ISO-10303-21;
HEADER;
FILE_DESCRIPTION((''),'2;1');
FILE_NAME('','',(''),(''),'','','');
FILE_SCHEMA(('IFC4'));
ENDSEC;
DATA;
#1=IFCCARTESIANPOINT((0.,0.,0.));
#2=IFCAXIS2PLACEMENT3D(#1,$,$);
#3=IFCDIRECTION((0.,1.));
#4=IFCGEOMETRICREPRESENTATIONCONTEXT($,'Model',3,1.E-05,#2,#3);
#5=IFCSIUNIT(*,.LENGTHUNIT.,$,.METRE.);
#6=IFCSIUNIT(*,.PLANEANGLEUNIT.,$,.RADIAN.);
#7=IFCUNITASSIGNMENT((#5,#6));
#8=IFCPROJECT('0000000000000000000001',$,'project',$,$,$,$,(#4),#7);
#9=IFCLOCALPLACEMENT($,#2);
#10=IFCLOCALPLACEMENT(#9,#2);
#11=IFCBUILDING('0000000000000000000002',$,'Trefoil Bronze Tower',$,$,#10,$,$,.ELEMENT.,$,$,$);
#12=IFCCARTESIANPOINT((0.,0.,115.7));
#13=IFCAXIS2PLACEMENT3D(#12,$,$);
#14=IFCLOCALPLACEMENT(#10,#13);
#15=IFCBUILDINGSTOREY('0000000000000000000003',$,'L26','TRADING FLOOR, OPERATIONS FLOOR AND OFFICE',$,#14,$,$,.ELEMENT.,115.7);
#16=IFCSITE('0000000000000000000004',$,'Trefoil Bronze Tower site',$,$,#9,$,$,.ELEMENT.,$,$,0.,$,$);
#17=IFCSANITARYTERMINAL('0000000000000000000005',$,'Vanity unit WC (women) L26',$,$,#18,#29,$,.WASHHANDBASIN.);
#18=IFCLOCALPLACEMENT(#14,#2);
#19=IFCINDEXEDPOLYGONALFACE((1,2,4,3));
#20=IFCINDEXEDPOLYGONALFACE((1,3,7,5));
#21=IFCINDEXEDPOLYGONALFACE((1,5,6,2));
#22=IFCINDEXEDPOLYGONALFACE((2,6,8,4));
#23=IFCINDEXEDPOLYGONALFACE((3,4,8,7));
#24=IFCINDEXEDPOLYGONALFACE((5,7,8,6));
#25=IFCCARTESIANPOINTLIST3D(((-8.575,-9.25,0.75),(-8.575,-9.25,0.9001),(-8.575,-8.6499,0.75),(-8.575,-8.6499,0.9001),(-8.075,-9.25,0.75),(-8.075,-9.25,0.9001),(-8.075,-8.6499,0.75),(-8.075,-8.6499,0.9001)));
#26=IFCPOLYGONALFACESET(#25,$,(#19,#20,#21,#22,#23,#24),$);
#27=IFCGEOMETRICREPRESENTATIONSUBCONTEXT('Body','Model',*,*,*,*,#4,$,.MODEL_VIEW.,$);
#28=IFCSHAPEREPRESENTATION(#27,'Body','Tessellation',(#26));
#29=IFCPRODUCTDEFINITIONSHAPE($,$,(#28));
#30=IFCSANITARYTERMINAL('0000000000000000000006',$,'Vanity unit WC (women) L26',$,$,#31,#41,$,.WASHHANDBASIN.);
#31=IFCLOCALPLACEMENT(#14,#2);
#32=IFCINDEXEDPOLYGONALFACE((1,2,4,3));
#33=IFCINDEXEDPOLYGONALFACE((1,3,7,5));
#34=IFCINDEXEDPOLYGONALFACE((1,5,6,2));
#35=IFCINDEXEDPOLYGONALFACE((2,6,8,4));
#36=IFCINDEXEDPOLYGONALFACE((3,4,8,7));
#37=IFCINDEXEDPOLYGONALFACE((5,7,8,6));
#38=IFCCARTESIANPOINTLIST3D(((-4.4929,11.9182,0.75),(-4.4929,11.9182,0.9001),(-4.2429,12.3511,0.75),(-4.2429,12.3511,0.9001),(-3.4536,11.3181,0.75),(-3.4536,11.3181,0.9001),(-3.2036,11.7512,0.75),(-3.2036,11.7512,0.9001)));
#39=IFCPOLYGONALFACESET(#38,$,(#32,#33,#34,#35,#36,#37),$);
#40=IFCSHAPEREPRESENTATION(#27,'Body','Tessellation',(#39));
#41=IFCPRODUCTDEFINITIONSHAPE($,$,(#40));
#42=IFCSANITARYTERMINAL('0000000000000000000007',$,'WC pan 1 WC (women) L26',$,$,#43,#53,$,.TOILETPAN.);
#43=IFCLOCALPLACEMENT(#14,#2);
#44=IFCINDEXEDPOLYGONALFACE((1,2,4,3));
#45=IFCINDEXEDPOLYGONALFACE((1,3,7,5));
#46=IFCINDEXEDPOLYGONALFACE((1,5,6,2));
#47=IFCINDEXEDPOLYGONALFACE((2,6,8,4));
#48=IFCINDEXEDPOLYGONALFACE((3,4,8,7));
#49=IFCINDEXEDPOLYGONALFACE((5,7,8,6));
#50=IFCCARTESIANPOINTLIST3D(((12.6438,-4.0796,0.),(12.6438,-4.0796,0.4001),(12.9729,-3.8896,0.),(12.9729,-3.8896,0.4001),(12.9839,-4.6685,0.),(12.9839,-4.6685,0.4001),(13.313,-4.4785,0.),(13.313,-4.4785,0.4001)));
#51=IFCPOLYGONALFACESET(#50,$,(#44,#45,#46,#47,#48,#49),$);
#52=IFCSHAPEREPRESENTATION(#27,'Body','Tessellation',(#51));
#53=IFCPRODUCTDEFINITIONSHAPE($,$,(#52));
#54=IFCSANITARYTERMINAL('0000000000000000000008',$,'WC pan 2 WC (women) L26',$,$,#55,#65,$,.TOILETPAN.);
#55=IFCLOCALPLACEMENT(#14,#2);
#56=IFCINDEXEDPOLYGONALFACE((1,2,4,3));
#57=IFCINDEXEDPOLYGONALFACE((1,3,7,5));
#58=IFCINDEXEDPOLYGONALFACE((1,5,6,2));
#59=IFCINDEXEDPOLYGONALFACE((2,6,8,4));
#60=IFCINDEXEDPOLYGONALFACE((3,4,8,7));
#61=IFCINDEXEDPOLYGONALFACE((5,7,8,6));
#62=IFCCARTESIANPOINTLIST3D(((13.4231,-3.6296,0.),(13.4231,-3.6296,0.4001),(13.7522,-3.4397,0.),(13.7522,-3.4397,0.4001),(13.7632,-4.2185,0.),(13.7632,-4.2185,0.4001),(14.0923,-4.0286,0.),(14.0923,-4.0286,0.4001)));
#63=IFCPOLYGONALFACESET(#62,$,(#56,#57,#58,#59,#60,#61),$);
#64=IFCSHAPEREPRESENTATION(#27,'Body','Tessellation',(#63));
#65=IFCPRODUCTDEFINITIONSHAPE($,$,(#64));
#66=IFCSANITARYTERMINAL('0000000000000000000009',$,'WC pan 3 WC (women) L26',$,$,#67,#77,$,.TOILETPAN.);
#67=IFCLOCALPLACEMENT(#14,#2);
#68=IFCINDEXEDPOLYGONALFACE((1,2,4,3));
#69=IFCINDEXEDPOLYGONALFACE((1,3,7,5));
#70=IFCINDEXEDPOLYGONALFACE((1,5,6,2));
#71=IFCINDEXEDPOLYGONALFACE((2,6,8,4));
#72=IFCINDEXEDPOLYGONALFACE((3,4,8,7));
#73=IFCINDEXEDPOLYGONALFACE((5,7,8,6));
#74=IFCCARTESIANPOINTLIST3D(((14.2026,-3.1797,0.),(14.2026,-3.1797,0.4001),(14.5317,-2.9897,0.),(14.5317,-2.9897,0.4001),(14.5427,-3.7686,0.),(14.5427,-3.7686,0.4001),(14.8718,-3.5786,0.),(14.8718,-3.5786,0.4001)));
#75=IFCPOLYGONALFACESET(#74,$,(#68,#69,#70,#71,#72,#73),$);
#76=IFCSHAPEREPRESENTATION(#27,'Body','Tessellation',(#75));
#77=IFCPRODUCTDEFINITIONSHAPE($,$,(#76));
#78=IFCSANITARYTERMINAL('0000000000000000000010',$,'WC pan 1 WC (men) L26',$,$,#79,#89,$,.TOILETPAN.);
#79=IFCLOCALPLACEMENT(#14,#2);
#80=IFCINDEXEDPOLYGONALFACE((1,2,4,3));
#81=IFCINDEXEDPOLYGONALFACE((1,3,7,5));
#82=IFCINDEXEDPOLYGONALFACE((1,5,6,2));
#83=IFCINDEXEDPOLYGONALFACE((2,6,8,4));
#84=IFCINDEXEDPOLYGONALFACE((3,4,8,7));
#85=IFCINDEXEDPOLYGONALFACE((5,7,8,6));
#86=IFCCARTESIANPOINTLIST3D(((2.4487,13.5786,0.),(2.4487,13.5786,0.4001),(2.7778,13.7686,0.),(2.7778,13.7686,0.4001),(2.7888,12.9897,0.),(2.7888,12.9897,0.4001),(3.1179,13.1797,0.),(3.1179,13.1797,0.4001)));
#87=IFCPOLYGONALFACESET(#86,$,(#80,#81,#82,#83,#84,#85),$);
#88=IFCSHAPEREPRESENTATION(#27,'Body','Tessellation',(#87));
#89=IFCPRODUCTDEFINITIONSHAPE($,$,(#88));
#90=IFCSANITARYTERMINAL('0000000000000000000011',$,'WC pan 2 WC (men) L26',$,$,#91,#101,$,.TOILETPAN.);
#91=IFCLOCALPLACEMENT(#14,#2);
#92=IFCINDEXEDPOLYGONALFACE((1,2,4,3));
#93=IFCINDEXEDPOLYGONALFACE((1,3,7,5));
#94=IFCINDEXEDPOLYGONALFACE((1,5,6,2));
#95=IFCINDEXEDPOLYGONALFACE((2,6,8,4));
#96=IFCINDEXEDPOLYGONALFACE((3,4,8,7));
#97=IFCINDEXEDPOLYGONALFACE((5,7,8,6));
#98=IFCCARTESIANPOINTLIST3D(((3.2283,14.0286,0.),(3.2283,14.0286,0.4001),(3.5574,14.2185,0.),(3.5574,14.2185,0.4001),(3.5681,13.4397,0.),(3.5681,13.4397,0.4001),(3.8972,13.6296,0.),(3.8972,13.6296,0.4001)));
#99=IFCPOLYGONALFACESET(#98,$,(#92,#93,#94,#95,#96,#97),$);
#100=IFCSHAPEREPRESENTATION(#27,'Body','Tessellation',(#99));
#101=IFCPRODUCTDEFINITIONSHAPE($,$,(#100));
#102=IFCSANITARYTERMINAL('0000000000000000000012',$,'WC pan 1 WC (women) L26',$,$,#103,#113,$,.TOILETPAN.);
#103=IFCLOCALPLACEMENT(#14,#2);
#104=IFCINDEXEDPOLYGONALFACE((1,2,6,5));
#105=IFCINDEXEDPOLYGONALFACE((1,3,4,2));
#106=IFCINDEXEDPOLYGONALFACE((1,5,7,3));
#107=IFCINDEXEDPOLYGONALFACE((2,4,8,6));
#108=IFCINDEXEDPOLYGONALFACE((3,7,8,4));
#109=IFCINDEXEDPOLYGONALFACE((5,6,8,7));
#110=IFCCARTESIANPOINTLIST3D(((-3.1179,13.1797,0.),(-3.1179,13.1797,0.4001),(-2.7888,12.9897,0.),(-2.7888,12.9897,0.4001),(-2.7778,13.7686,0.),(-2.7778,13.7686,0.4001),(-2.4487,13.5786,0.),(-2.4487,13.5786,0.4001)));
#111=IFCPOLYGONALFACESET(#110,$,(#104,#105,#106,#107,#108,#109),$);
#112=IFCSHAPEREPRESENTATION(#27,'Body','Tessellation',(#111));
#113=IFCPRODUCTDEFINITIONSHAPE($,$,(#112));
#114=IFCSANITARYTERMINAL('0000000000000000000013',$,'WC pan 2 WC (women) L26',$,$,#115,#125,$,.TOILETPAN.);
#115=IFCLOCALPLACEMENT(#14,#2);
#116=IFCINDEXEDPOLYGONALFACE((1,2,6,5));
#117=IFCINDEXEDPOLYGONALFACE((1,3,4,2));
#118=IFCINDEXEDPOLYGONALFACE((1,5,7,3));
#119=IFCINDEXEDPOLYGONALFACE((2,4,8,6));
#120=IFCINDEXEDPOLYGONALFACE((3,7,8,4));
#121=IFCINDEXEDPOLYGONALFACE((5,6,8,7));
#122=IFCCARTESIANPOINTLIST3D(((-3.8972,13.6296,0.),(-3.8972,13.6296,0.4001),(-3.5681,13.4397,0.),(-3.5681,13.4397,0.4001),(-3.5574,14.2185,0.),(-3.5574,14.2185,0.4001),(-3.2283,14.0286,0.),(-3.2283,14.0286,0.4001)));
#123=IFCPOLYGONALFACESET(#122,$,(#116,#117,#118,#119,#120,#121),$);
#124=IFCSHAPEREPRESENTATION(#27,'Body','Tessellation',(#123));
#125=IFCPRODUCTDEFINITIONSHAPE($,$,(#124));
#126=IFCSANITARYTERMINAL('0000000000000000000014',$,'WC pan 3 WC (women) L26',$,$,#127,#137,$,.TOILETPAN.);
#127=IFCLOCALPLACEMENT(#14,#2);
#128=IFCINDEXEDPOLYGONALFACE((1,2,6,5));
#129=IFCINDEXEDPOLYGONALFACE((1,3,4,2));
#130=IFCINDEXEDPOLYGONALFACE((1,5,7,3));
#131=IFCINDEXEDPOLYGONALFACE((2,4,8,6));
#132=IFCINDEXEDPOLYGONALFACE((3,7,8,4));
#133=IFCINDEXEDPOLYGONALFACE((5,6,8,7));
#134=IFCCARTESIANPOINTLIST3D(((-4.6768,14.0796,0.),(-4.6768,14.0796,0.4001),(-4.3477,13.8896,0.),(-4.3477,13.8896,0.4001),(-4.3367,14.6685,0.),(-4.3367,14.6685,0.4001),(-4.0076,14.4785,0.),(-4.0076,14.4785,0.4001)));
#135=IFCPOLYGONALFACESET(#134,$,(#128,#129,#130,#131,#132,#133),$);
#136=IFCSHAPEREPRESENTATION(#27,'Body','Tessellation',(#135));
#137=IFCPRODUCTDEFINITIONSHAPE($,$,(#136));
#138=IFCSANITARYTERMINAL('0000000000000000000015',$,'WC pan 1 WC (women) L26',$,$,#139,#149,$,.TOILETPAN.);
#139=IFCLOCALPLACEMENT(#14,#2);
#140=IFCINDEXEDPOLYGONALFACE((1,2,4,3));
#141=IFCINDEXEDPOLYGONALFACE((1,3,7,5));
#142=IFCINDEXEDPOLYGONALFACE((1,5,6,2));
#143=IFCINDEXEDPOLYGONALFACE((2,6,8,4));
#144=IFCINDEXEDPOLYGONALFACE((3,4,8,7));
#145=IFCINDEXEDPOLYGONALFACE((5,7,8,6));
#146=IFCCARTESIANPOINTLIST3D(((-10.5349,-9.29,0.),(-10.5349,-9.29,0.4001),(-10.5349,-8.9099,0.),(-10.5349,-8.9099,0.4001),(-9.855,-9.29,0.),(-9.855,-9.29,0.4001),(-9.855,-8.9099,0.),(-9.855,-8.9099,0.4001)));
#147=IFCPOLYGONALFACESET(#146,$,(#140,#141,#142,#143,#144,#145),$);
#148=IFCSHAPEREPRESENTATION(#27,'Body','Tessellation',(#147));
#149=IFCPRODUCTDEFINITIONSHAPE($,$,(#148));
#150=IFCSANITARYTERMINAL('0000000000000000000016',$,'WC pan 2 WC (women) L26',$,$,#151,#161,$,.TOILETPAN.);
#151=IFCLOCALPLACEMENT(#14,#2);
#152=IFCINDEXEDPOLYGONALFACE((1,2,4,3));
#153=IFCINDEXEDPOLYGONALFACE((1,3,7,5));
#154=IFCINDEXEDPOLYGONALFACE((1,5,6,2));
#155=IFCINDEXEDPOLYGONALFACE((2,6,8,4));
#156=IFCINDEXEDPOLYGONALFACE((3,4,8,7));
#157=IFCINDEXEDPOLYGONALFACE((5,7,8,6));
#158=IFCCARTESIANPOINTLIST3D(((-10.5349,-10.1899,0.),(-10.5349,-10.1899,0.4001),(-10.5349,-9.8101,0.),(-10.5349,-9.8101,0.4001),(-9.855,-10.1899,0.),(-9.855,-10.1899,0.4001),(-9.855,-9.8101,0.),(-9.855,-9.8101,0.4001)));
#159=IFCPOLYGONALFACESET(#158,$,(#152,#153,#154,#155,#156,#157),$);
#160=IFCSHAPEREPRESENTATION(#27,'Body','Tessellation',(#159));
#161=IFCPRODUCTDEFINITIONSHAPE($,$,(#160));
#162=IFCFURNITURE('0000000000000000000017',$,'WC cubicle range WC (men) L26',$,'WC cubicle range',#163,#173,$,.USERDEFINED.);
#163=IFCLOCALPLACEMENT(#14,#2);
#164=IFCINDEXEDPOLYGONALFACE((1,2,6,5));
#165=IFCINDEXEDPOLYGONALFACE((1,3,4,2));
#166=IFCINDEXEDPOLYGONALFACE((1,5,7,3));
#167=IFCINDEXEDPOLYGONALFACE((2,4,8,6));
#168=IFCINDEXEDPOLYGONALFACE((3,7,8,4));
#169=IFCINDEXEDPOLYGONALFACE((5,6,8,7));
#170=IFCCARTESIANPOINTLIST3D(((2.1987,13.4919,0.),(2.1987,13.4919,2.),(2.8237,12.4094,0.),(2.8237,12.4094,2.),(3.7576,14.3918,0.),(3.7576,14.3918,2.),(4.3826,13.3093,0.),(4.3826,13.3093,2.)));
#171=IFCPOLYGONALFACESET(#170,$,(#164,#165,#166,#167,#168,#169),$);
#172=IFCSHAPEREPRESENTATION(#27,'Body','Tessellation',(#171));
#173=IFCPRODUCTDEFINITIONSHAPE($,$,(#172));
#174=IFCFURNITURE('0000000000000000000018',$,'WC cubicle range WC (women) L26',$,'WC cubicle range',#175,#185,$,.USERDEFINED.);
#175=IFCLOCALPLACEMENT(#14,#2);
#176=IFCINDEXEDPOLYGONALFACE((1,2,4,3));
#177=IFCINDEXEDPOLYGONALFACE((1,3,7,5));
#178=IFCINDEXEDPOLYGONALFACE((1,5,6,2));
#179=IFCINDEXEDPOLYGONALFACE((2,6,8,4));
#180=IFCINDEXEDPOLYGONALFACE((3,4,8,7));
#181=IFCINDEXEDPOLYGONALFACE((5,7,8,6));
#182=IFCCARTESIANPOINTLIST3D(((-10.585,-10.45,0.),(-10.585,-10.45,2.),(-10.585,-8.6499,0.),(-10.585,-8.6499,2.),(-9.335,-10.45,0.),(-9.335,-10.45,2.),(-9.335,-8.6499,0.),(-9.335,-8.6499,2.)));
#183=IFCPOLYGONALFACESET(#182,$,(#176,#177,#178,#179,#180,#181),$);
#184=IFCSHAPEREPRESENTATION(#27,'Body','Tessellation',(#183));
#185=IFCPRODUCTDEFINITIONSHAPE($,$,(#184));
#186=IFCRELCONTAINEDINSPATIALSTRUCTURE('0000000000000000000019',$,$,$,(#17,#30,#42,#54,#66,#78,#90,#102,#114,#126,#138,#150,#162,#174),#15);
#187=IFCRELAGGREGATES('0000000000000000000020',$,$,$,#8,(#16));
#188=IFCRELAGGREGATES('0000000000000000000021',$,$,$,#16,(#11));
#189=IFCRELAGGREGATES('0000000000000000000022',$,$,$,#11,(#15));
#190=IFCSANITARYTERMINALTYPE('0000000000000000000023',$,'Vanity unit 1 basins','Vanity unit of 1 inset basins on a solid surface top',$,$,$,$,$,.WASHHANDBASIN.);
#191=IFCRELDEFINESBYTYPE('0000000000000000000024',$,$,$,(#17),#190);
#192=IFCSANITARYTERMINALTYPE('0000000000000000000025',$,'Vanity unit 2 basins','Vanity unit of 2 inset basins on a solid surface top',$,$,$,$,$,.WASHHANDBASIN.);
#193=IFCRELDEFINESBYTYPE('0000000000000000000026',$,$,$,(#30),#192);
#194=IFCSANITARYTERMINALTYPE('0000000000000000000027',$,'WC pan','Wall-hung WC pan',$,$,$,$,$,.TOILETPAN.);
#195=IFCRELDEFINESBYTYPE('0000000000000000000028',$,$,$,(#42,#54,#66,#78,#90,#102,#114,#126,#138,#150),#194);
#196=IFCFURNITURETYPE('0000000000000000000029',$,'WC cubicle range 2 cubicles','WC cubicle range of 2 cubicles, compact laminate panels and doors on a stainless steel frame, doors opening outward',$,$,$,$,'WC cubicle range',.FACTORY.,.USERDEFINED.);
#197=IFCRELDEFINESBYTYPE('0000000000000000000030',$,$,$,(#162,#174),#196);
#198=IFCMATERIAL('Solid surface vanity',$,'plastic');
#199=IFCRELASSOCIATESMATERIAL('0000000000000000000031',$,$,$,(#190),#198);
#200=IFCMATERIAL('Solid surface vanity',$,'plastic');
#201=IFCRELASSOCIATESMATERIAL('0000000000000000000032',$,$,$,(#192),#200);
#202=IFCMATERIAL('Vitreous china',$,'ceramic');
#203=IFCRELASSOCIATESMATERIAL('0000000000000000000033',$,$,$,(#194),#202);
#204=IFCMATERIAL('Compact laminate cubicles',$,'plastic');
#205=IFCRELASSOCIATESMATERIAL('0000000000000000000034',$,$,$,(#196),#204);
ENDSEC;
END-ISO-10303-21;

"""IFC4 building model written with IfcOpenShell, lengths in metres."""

from ifc_helpers import new_model, si_unit, direction, frame, origin, place, context, subcontext, project, spatial, polyline, outline, extrude, material, type_object, element, save


model = new_model("IFC4")

# Units and contexts
model_context = context("Model", 3, precision=1e-05, world=origin(), true_north=direction((0.0, 1.0)))
body_context = subcontext(model_context, "Body", "Model", "MODEL_VIEW")
ifc_project = project(units=[si_unit("LENGTHUNIT", "METRE"), si_unit("PLANEANGLEUNIT", "RADIAN")], contexts=[model_context])

# Site, building, storey
site_placement = place(None, origin())
site = spatial("IfcSite", under=ifc_project, at=site_placement, Name="Trefoil Bronze Tower site", CompositionType="ELEMENT", RefElevation=0.0)
building_placement = place(site_placement, origin())
building = spatial("IfcBuilding", under=site, at=building_placement, Name="Trefoil Bronze Tower", CompositionType="ELEMENT")
storey_placement = place(building_placement, frame((0.0, 0.0, 115.7)))
storey = spatial("IfcBuildingStorey", under=building, at=storey_placement, Name="L26", Description="TRADING FLOOR, OPERATIONS FLOOR AND OFFICE", CompositionType="ELEMENT", Elevation=115.7)

# Sanitary terminals
ifc_material_1 = material(Name="Solid surface vanity", Category="plastic")
sanitary_terminal_type_1 = type_object("IfcSanitaryTerminalType", Name="Vanity unit 1 basins", Description="Vanity unit of 1 inset basins on a solid surface top", PredefinedType="WASHHANDBASIN", material=ifc_material_1)
sanitary_terminal_1_placement = place(storey_placement, frame((0.0, 0.0, 0.75)))
element("IfcSanitaryTerminal", 1, at=sanitary_terminal_1_placement, inside=storey, type_object=sanitary_terminal_type_1, Name="Vanity unit WC (women) L26", PredefinedType="WASHHANDBASIN", context=body_context, shape_type="SweptSolid", body=[
    extrude(outline(polyline([(-8.075, -8.6499), (-8.575, -8.6499), (-8.575, -9.25), (-8.075, -9.25), (-8.075, -8.6499)])), origin(), (0.0, 0.0, 1.0), 0.1501),
])
ifc_material_2 = material(Name="Solid surface vanity", Category="plastic")
sanitary_terminal_type_2 = type_object("IfcSanitaryTerminalType", Name="Vanity unit 2 basins", Description="Vanity unit of 2 inset basins on a solid surface top", PredefinedType="WASHHANDBASIN", material=ifc_material_2)
sanitary_terminal_2_placement = place(storey_placement, frame((0.0, 0.0, 0.75)))
element("IfcSanitaryTerminal", 2, at=sanitary_terminal_2_placement, inside=storey, type_object=sanitary_terminal_type_2, Name="Vanity unit WC (women) L26", PredefinedType="WASHHANDBASIN", context=body_context, shape_type="SweptSolid", body=[
    extrude(outline(polyline([(-3.4536, 11.3181), (-3.2036, 11.7512), (-4.2429, 12.3511), (-4.4929, 11.9182), (-3.4536, 11.3181)])), origin(), (0.0, 0.0, 1.0), 0.1501),
])
ifc_material_3 = material(Name="Vitreous china", Category="ceramic")
sanitary_terminal_type_3 = type_object("IfcSanitaryTerminalType", Name="WC pan", Description="Wall-hung WC pan", PredefinedType="TOILETPAN", material=ifc_material_3)
sanitary_terminal_3_placement = place(storey_placement, origin())
element("IfcSanitaryTerminal", 3, at=sanitary_terminal_3_placement, inside=storey, type_object=sanitary_terminal_type_3, Name="WC pan 1 WC (women) L26", PredefinedType="TOILETPAN", context=body_context, shape_type="SweptSolid", body=[
    extrude(outline(polyline([(12.6438, -4.0796), (12.9839, -4.6685), (13.313, -4.4785), (12.9729, -3.8896), (12.6438, -4.0796)])), origin(), (0.0, 0.0, 1.0), 0.4001),
])
sanitary_terminal_4_placement = place(storey_placement, origin())
element("IfcSanitaryTerminal", 4, at=sanitary_terminal_4_placement, inside=storey, type_object=sanitary_terminal_type_3, Name="WC pan 2 WC (women) L26", PredefinedType="TOILETPAN", context=body_context, shape_type="SweptSolid", body=[
    extrude(outline(polyline([(13.4231, -3.6296), (13.7632, -4.2185), (14.0923, -4.0286), (13.7522, -3.4397), (13.4231, -3.6296)])), origin(), (0.0, 0.0, 1.0), 0.4001),
])
sanitary_terminal_5_placement = place(storey_placement, origin())
element("IfcSanitaryTerminal", 5, at=sanitary_terminal_5_placement, inside=storey, type_object=sanitary_terminal_type_3, Name="WC pan 3 WC (women) L26", PredefinedType="TOILETPAN", context=body_context, shape_type="SweptSolid", body=[
    extrude(outline(polyline([(14.2026, -3.1797), (14.5427, -3.7686), (14.8718, -3.5786), (14.5317, -2.9897), (14.2026, -3.1797)])), origin(), (0.0, 0.0, 1.0), 0.4001),
])
sanitary_terminal_6_placement = place(storey_placement, origin())
element("IfcSanitaryTerminal", 6, at=sanitary_terminal_6_placement, inside=storey, type_object=sanitary_terminal_type_3, Name="WC pan 1 WC (men) L26", PredefinedType="TOILETPAN", context=body_context, shape_type="SweptSolid", body=[
    extrude(outline(polyline([(2.7888, 12.9897), (2.4487, 13.5786), (2.7778, 13.7686), (3.1179, 13.1797), (2.7888, 12.9897)])), origin(), (0.0, 0.0, 1.0), 0.4001),
])
sanitary_terminal_7_placement = place(storey_placement, origin())
element("IfcSanitaryTerminal", 7, at=sanitary_terminal_7_placement, inside=storey, type_object=sanitary_terminal_type_3, Name="WC pan 2 WC (men) L26", PredefinedType="TOILETPAN", context=body_context, shape_type="SweptSolid", body=[
    extrude(outline(polyline([(3.5681, 13.4397), (3.2283, 14.0286), (3.5574, 14.2185), (3.8972, 13.6296), (3.5681, 13.4397)])), origin(), (0.0, 0.0, 1.0), 0.4001),
])
sanitary_terminal_8_placement = place(storey_placement, origin())
element("IfcSanitaryTerminal", 8, at=sanitary_terminal_8_placement, inside=storey, type_object=sanitary_terminal_type_3, Name="WC pan 1 WC (women) L26", PredefinedType="TOILETPAN", context=body_context, shape_type="SweptSolid", body=[
    extrude(outline(polyline([(-2.7888, 12.9897), (-2.4487, 13.5786), (-2.7778, 13.7686), (-3.1179, 13.1797), (-2.7888, 12.9897)])), origin(), (0.0, 0.0, 1.0), 0.4001),
])
sanitary_terminal_9_placement = place(storey_placement, origin())
element("IfcSanitaryTerminal", 9, at=sanitary_terminal_9_placement, inside=storey, type_object=sanitary_terminal_type_3, Name="WC pan 2 WC (women) L26", PredefinedType="TOILETPAN", context=body_context, shape_type="SweptSolid", body=[
    extrude(outline(polyline([(-3.5681, 13.4397), (-3.2283, 14.0286), (-3.5574, 14.2185), (-3.8972, 13.6296), (-3.5681, 13.4397)])), origin(), (0.0, 0.0, 1.0), 0.4001),
])
sanitary_terminal_10_placement = place(storey_placement, origin())
element("IfcSanitaryTerminal", 10, at=sanitary_terminal_10_placement, inside=storey, type_object=sanitary_terminal_type_3, Name="WC pan 3 WC (women) L26", PredefinedType="TOILETPAN", context=body_context, shape_type="SweptSolid", body=[
    extrude(outline(polyline([(-4.3477, 13.8896), (-4.0076, 14.4785), (-4.3367, 14.6685), (-4.6768, 14.0796), (-4.3477, 13.8896)])), origin(), (0.0, 0.0, 1.0), 0.4001),
])
sanitary_terminal_11_placement = place(storey_placement, origin())
element("IfcSanitaryTerminal", 11, at=sanitary_terminal_11_placement, inside=storey, type_object=sanitary_terminal_type_3, Name="WC pan 1 WC (women) L26", PredefinedType="TOILETPAN", context=body_context, shape_type="SweptSolid", body=[
    extrude(outline(polyline([(-9.855, -8.9099), (-10.5349, -8.9099), (-10.5349, -9.29), (-9.855, -9.29), (-9.855, -8.9099)])), origin(), (0.0, 0.0, 1.0), 0.4001),
])
sanitary_terminal_12_placement = place(storey_placement, origin())
element("IfcSanitaryTerminal", 12, at=sanitary_terminal_12_placement, inside=storey, type_object=sanitary_terminal_type_3, Name="WC pan 2 WC (women) L26", PredefinedType="TOILETPAN", context=body_context, shape_type="SweptSolid", body=[
    extrude(outline(polyline([(-9.855, -9.8101), (-10.5349, -9.8101), (-10.5349, -10.1899), (-9.855, -10.1899), (-9.855, -9.8101)])), origin(), (0.0, 0.0, 1.0), 0.4001),
])

# Furniture
ifc_material_4 = material(Name="Compact laminate cubicles", Category="plastic")
furniture_type_1 = type_object("IfcFurnitureType", Name="WC cubicle range 2 cubicles", Description="WC cubicle range of 2 cubicles, compact laminate panels and doors on a stainless steel frame, doors opening outward", ElementType="WC cubicle range", AssemblyPlace="FACTORY", PredefinedType="USERDEFINED", material=ifc_material_4)
furniture_1_placement = place(storey_placement, origin())
element("IfcFurniture", 13, at=furniture_1_placement, inside=storey, type_object=furniture_type_1, Name="WC cubicle range WC (men) L26", ObjectType="WC cubicle range", PredefinedType="USERDEFINED", context=body_context, shape_type="SweptSolid", body=[
    extrude(outline(polyline([(2.8237, 12.4094), (2.1987, 13.4919), (3.7576, 14.3918), (4.3826, 13.3093), (2.8237, 12.4094)])), origin(), (0.0, 0.0, 1.0), 2.0),
])
furniture_2_placement = place(storey_placement, origin())
element("IfcFurniture", 14, at=furniture_2_placement, inside=storey, type_object=furniture_type_1, Name="WC cubicle range WC (women) L26", ObjectType="WC cubicle range", PredefinedType="USERDEFINED", context=body_context, shape_type="SweptSolid", body=[
    extrude(outline(polyline([(-9.335, -8.6499), (-10.585, -8.6499), (-10.585, -10.45), (-9.335, -10.45), (-9.335, -8.6499)])), origin(), (0.0, 0.0, 1.0), 2.0),
])

save(model, "model.ifc")
